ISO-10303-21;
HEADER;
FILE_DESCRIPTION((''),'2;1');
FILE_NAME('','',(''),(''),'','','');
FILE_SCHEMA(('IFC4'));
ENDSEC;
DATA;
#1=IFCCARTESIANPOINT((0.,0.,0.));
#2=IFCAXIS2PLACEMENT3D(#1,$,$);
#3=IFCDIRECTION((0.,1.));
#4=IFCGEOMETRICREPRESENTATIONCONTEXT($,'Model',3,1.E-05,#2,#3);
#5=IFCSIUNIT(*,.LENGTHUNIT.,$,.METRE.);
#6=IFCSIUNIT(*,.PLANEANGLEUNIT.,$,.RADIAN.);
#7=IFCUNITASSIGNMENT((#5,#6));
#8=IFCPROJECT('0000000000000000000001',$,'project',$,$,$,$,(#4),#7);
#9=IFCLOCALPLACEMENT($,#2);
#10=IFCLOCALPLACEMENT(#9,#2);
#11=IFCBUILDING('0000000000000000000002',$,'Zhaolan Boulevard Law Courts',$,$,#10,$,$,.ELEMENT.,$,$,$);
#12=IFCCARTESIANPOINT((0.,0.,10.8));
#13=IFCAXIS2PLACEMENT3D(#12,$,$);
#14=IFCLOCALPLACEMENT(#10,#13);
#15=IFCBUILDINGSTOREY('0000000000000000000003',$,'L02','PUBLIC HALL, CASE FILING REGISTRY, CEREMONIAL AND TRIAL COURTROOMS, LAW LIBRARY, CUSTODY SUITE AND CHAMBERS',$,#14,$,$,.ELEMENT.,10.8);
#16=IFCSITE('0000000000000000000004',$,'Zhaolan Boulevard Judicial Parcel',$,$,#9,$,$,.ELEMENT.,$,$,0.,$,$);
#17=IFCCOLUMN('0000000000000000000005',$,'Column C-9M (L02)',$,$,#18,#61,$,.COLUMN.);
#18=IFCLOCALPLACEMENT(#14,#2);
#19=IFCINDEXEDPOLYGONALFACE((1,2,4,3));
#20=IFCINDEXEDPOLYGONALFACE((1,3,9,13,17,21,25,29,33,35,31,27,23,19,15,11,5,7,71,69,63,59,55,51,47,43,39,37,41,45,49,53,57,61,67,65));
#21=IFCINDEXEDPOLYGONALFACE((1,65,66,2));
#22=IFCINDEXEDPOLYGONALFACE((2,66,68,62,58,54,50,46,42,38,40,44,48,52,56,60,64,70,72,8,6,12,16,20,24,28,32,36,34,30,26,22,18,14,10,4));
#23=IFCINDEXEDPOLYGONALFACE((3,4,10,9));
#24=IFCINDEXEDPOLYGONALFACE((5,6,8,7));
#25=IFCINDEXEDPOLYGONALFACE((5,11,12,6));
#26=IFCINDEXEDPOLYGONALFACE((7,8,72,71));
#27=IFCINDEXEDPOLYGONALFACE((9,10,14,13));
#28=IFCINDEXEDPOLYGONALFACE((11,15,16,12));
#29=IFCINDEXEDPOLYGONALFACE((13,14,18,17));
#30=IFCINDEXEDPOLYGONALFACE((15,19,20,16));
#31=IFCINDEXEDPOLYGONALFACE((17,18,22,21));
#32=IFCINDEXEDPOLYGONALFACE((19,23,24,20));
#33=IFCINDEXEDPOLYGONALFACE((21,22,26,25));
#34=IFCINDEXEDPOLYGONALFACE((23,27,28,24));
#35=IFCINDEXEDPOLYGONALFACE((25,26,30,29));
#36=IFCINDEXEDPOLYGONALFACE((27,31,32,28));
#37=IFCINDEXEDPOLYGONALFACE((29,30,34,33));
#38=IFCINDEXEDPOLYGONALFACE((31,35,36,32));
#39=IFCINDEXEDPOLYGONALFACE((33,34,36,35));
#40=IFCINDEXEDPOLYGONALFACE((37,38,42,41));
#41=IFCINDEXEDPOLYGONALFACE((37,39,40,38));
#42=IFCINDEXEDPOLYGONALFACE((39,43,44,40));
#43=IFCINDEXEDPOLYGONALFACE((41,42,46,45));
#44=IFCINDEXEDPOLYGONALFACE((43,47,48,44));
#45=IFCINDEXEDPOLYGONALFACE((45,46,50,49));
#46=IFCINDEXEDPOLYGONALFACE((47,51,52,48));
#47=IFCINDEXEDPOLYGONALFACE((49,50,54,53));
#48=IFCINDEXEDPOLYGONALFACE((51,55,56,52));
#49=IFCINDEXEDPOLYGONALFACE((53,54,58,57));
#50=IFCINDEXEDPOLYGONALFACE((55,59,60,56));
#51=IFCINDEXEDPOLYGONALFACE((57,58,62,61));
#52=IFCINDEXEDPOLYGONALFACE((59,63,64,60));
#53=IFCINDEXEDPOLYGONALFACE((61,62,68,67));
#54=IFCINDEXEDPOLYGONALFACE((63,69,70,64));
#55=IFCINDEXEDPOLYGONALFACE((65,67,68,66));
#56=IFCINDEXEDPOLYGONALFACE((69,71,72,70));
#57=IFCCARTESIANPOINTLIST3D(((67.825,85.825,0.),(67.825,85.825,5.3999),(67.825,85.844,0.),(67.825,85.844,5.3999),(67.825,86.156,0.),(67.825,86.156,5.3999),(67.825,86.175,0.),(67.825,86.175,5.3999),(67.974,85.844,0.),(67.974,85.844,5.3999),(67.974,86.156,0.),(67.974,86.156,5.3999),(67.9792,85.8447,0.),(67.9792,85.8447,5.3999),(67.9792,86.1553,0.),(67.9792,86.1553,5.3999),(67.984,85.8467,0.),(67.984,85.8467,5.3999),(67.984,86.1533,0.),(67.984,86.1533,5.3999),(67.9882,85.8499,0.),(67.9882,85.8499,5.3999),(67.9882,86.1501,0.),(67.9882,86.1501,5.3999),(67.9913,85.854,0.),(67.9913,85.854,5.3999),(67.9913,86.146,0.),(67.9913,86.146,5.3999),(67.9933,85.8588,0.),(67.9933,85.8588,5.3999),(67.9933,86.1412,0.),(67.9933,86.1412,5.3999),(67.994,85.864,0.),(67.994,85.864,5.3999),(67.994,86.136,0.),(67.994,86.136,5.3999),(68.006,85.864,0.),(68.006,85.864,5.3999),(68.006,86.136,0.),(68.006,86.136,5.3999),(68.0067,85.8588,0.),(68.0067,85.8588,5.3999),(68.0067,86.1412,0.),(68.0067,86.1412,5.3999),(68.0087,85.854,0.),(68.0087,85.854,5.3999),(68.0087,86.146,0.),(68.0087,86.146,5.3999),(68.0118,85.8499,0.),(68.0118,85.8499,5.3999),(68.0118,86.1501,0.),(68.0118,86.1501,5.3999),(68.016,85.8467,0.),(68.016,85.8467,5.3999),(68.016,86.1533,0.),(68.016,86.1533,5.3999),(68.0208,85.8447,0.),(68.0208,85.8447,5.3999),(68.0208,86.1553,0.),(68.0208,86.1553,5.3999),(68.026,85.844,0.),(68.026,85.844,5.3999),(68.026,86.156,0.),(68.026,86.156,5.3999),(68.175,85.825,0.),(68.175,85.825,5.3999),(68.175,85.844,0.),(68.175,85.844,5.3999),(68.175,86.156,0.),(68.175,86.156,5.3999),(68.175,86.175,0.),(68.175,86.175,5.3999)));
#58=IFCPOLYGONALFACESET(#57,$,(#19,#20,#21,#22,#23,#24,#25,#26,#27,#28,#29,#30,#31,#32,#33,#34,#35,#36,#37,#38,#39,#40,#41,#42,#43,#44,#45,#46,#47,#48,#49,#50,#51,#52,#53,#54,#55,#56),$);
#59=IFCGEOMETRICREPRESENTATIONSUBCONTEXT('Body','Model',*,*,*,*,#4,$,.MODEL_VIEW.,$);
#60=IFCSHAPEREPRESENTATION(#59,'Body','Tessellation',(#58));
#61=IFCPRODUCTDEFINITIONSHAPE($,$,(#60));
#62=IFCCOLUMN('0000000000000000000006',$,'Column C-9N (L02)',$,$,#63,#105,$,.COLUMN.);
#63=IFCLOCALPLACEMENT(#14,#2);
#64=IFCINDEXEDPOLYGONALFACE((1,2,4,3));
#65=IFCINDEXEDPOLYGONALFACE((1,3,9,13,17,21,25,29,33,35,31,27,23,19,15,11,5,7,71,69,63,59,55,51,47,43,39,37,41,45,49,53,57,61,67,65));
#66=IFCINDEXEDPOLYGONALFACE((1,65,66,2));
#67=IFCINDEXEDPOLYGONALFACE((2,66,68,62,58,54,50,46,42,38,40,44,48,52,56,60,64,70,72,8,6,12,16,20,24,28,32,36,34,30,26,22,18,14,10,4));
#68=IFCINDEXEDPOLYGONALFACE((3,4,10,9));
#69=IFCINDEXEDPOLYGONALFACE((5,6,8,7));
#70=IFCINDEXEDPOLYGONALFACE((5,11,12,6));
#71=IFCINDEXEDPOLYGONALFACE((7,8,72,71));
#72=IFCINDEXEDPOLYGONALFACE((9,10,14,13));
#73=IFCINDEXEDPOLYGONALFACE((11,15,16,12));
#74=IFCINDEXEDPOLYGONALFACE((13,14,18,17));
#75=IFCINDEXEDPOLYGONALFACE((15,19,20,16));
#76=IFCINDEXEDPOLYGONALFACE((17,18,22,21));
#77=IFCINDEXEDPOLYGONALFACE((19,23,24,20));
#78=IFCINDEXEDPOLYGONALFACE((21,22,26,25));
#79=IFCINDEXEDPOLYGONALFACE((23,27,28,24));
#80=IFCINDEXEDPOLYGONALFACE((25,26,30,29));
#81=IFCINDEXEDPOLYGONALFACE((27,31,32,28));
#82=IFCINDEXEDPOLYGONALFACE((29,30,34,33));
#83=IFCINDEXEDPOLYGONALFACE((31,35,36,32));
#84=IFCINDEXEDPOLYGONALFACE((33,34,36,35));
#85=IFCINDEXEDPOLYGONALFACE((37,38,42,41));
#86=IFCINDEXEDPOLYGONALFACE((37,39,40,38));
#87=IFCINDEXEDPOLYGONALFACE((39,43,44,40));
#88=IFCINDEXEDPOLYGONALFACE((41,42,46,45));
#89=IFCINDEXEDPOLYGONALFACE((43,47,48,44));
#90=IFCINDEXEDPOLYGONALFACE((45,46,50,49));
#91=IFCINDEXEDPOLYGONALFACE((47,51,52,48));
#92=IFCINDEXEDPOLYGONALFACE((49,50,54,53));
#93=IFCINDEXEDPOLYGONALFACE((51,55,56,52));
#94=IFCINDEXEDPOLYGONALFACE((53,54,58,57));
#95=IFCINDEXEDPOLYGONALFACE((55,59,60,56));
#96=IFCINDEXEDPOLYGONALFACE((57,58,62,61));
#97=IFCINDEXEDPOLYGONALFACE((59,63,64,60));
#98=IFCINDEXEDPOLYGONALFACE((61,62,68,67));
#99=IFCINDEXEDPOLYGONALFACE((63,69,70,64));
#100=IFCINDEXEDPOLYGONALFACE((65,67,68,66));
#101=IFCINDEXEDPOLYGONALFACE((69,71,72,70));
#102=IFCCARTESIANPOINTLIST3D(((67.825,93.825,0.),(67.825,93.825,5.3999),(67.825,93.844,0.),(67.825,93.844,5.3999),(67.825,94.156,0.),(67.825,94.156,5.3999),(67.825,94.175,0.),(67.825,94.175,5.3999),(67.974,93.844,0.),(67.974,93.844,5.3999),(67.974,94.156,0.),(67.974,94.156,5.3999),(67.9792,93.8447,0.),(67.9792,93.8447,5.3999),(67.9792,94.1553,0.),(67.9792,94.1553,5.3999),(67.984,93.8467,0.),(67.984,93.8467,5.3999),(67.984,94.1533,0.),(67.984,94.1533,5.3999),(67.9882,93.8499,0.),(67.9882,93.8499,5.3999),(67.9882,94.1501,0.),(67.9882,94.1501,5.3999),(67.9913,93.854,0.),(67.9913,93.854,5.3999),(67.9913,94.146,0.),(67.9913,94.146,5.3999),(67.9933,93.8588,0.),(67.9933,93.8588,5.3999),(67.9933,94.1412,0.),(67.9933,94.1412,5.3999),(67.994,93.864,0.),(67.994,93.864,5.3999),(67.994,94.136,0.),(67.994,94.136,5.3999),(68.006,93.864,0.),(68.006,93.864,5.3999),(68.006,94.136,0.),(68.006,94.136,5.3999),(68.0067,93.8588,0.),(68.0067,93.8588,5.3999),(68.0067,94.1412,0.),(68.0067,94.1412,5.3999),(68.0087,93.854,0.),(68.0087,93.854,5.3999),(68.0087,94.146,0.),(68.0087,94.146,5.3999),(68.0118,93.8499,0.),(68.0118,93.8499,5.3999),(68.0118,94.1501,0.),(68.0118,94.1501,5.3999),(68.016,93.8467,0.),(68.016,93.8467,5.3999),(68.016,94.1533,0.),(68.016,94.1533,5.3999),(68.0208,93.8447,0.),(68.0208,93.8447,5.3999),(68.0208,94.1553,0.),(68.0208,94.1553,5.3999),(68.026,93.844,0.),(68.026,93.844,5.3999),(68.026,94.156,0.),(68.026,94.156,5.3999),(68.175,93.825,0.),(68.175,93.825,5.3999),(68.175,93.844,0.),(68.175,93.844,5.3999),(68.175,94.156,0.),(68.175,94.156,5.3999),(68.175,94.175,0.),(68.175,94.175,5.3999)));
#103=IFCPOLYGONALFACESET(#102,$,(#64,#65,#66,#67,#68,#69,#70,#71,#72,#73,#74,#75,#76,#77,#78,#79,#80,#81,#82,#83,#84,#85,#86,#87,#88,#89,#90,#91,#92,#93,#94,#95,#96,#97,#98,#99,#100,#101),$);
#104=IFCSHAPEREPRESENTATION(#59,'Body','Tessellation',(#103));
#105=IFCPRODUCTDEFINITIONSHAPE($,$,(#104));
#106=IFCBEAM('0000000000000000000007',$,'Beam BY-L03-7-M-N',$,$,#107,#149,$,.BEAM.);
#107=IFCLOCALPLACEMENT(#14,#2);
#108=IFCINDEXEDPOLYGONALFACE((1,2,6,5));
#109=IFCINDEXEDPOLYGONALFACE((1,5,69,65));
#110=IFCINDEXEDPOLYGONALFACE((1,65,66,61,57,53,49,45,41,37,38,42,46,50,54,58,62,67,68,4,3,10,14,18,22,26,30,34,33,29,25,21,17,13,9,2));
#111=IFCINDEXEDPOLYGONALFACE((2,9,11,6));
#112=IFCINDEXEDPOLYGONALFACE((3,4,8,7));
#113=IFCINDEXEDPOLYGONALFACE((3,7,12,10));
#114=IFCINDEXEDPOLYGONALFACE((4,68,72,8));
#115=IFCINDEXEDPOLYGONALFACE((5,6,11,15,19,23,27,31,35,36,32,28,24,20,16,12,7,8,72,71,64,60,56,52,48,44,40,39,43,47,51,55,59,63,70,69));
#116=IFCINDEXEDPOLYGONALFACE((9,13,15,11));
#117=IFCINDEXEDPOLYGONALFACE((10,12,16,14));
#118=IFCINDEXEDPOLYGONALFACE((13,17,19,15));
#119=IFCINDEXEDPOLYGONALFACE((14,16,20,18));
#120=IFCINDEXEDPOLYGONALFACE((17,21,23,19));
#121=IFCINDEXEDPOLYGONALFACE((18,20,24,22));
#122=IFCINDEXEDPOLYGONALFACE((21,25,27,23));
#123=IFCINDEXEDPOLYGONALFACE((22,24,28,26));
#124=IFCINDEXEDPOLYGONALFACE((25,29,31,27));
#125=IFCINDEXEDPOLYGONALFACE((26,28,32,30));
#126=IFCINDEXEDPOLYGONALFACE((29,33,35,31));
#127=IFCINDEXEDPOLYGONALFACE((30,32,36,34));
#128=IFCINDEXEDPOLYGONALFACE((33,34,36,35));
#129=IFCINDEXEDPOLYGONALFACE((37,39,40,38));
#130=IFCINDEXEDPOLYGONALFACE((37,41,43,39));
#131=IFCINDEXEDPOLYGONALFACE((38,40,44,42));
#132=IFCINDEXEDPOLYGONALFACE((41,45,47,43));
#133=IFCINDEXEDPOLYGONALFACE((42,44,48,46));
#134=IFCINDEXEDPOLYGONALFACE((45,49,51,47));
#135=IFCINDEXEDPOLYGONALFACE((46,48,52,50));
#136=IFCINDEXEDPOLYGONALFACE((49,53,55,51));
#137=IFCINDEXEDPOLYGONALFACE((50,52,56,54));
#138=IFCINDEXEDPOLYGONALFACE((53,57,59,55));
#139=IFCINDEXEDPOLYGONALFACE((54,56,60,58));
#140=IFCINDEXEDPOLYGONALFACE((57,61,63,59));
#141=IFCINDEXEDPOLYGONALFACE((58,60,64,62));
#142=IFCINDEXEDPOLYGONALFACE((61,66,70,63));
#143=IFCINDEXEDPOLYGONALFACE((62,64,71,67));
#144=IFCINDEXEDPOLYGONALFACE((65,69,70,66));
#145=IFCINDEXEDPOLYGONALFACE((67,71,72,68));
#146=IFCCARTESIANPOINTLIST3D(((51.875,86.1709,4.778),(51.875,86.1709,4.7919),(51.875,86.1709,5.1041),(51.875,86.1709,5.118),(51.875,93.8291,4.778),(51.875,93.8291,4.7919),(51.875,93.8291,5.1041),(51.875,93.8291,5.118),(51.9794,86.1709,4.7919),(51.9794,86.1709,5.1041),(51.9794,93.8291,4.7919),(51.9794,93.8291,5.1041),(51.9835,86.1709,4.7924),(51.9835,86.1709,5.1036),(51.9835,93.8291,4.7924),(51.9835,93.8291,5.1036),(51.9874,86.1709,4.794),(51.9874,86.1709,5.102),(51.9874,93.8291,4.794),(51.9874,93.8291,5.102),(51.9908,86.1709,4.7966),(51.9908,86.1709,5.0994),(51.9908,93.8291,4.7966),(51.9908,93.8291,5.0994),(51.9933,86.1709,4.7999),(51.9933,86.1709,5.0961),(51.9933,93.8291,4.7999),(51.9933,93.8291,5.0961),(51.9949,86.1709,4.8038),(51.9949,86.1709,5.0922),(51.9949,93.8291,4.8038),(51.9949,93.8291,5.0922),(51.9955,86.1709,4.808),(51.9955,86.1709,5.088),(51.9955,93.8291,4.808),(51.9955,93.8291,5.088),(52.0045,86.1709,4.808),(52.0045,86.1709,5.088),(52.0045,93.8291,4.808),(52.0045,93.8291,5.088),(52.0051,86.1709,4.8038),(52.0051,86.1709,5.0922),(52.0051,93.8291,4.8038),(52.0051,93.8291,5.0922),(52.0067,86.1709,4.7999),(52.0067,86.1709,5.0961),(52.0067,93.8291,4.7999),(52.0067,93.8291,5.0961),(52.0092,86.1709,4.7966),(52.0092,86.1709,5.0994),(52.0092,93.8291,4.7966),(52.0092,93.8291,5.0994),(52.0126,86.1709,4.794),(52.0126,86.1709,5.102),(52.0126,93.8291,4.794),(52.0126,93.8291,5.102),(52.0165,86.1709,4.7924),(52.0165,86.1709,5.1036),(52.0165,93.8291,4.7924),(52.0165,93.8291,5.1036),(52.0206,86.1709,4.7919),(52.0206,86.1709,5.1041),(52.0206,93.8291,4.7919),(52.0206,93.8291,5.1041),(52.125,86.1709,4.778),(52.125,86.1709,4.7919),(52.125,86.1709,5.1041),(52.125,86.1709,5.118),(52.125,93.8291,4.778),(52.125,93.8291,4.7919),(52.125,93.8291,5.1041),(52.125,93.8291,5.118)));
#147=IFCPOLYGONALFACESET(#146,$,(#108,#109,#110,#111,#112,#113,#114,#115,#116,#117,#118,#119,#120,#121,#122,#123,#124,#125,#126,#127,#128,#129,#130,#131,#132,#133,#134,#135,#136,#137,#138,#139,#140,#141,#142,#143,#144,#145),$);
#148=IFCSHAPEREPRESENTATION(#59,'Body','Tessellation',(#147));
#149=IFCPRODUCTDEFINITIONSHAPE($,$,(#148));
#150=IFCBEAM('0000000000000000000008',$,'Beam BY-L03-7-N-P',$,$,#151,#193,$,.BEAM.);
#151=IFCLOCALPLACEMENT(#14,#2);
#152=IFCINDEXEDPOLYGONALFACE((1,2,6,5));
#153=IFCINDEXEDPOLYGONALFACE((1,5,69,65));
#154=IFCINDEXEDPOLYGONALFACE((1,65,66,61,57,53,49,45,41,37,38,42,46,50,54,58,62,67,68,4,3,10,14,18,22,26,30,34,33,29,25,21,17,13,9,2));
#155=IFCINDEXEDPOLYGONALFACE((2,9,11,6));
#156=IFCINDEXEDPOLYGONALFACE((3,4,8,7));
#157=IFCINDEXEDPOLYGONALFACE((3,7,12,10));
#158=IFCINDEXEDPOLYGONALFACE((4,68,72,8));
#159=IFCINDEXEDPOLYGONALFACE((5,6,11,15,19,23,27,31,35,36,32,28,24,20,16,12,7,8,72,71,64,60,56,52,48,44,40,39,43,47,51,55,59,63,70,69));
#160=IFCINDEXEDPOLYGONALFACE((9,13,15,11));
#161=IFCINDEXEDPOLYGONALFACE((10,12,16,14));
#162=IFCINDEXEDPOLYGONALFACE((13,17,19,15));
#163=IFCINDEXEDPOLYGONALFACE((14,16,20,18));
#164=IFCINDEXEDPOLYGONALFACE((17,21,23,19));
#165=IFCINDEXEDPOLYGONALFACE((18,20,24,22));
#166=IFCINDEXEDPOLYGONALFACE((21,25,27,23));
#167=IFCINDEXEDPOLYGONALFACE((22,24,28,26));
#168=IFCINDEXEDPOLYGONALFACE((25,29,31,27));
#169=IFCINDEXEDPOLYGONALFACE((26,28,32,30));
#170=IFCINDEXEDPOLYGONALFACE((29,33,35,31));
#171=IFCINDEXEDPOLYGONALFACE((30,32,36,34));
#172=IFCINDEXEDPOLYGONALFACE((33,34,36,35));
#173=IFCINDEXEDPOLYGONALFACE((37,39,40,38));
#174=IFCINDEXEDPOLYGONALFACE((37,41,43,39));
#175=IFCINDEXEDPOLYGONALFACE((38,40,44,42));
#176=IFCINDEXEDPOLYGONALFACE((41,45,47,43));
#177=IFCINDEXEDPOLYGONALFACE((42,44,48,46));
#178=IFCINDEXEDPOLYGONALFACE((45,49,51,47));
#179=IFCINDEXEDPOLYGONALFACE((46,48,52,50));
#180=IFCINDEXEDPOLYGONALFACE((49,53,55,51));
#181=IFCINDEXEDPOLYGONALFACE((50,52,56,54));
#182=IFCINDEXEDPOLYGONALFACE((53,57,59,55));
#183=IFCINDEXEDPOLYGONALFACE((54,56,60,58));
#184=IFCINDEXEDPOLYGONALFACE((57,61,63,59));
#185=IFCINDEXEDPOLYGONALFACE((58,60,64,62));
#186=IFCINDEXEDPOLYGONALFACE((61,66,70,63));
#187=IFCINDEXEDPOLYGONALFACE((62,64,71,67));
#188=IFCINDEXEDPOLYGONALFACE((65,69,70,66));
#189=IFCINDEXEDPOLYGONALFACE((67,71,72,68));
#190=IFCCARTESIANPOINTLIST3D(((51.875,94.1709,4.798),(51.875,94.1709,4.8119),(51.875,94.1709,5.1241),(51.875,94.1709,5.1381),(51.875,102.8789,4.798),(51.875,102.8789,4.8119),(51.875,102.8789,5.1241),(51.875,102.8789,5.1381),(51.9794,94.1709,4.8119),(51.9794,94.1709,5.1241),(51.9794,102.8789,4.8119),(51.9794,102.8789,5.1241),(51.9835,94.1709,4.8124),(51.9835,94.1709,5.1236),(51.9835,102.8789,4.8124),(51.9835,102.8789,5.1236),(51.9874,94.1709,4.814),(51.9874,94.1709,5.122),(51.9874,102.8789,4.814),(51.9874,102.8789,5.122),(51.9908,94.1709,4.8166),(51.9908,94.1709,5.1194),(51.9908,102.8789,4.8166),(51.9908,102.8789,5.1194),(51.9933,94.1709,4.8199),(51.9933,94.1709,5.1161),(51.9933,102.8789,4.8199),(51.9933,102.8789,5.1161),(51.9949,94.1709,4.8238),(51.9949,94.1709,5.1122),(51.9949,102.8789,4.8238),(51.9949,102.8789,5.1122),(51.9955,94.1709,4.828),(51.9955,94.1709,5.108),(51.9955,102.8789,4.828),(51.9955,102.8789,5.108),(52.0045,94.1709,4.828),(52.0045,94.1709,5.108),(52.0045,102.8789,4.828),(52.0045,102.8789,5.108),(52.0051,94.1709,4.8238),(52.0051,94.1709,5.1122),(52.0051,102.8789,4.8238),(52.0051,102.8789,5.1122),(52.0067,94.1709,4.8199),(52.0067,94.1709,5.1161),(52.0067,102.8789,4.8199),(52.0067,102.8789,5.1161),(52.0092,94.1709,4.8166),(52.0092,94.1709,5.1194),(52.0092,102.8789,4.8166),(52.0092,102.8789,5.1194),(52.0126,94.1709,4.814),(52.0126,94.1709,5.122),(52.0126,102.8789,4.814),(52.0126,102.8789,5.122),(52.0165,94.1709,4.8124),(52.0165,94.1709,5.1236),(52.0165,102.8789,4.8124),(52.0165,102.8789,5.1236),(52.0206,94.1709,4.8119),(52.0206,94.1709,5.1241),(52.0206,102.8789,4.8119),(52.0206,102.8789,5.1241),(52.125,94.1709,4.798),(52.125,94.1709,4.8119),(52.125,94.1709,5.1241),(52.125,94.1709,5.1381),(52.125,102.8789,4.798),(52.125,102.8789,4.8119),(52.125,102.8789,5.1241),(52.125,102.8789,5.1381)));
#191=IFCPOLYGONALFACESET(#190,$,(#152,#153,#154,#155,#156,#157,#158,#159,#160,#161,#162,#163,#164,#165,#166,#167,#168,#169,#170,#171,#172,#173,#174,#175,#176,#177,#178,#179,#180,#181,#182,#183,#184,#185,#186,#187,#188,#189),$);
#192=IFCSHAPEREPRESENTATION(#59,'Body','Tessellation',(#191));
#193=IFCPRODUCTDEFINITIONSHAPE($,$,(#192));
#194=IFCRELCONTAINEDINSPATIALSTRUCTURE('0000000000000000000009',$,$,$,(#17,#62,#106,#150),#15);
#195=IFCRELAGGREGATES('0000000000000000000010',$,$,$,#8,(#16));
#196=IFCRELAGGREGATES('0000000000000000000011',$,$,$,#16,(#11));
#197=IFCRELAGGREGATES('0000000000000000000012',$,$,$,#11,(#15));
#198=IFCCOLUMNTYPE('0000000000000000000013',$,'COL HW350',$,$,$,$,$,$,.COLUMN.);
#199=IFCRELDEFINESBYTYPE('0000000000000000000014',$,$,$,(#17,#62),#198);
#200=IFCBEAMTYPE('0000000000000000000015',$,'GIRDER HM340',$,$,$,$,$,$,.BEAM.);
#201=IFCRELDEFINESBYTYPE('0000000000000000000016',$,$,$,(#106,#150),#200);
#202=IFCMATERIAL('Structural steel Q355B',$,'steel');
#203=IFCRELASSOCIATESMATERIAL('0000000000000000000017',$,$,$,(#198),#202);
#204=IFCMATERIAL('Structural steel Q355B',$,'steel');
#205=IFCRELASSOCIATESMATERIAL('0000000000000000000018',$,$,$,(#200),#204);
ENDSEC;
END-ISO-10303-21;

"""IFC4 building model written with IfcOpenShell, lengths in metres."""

from ifc_helpers import new_model, si_unit, direction, frame, origin, origin_2d, place, context, subcontext, project, spatial, i_section, extrude, material, material_profile, profile_set, type_object, element, save


model = new_model("IFC4")

# Units and contexts
model_context = context("Model", 3, precision=1e-05, world=origin(), true_north=direction((0.0, 1.0)))
body_context = subcontext(model_context, "Body", "Model", "MODEL_VIEW")
ifc_project = project(units=[si_unit("LENGTHUNIT", "METRE"), si_unit("PLANEANGLEUNIT", "RADIAN")], contexts=[model_context])

# Site, building, storey
site_placement = place(None, origin())
site = spatial("IfcSite", under=ifc_project, at=site_placement, Name="Zhaolan Boulevard Judicial Parcel", CompositionType="ELEMENT", RefElevation=0.0)
building_placement = place(site_placement, origin())
building = spatial("IfcBuilding", under=site, at=building_placement, Name="Zhaolan Boulevard Law Courts", CompositionType="ELEMENT")
storey_placement = place(building_placement, frame((0.0, 0.0, 10.8)))
storey = spatial("IfcBuildingStorey", under=building, at=storey_placement, Name="L02", Description="PUBLIC HALL, CASE FILING REGISTRY, CEREMONIAL AND TRIAL COURTROOMS, LAW LIBRARY, CUSTODY SUITE AND CHAMBERS", CompositionType="ELEMENT", Elevation=10.8)

# Columns
ifc_material_1 = material(Name="Structural steel Q355B", Category="steel")
ifc_material_profile_1 = material_profile(ifc_material_1, i_section(OverallWidth=0.3501, OverallDepth=0.3501, WebThickness=0.012, FlangeThickness=0.019, FilletRadius=0.02, at=origin_2d()), Name="HW350x350")
ifc_profile_set_1 = profile_set([ifc_material_profile_1], Name="Structural steel Q355B")
column_type = type_object("IfcColumnType", Name="COL HW350", PredefinedType="COLUMN", material=ifc_profile_set_1)
for number, where, z_axis, x_axis, name in (
    (1, (68.0, 86.0, 0.0), (0.0, 0.0, 1.0), (1.0, 0.0, 0.0), "Column C-9M (L02)"),
    (2, (68.0, 94.0, 0.0), (0.0, 0.0, 1.0), (1.0, 0.0, 0.0), "Column C-9N (L02)"),
):
    element("IfcColumn", number, at=place(storey_placement, frame(where, z_axis=z_axis, x_axis=x_axis)), inside=storey, type_object=column_type, Name=name, PredefinedType="COLUMN", context=body_context, shape_type="SweptSolid", body=[
        extrude(i_section(OverallWidth=0.3501, OverallDepth=0.3501, WebThickness=0.012, FlangeThickness=0.019, FilletRadius=0.02, at=origin_2d()), origin(), (0.0, 0.0, 1.0), 5.3999),
    ])

# Beams
ifc_material_2 = material(Name="Structural steel Q355B", Category="steel")
ifc_material_profile_2 = material_profile(ifc_material_2, i_section(OverallWidth=0.25, OverallDepth=0.3401, WebThickness=0.009, FlangeThickness=0.0139, FilletRadius=0.0161, at=origin_2d()), Name="HM340x250")
ifc_profile_set_2 = profile_set([ifc_material_profile_2], Name="Structural steel Q355B")
beam_type_1 = type_object("IfcBeamType", Name="GIRDER HM340", PredefinedType="BEAM", material=ifc_profile_set_2)
beam_1_placement = place(storey_placement, frame((52.0, 86.1709, 4.948), z_axis=(0.0, 1.0, 0.0), x_axis=(-1.0, 0.0, 0.0)))
element("IfcBeam", 3, at=beam_1_placement, inside=storey, type_object=beam_type_1, Name="Beam BY-L03-7-M-N", PredefinedType="BEAM", context=body_context, shape_type="SweptSolid", body=[
    extrude(i_section(OverallWidth=0.25, OverallDepth=0.3401, WebThickness=0.009, FlangeThickness=0.0139, FilletRadius=0.0161, at=origin_2d()), origin(), (0.0, 0.0, 1.0), 7.6582),
])
beam_2_placement = place(storey_placement, frame((52.0, 94.1709, 4.968), z_axis=(0.0, 1.0, 0.0), x_axis=(-1.0, 0.0, 0.0)))
element("IfcBeam", 4, at=beam_2_placement, inside=storey, type_object=beam_type_1, Name="Beam BY-L03-7-N-P", PredefinedType="BEAM", context=body_context, shape_type="SweptSolid", body=[
    extrude(i_section(OverallWidth=0.25, OverallDepth=0.3401, WebThickness=0.009, FlangeThickness=0.0139, FilletRadius=0.0161, at=origin_2d()), origin(), (0.0, 0.0, 1.0), 8.708),
])

save(model, "model.ifc")
